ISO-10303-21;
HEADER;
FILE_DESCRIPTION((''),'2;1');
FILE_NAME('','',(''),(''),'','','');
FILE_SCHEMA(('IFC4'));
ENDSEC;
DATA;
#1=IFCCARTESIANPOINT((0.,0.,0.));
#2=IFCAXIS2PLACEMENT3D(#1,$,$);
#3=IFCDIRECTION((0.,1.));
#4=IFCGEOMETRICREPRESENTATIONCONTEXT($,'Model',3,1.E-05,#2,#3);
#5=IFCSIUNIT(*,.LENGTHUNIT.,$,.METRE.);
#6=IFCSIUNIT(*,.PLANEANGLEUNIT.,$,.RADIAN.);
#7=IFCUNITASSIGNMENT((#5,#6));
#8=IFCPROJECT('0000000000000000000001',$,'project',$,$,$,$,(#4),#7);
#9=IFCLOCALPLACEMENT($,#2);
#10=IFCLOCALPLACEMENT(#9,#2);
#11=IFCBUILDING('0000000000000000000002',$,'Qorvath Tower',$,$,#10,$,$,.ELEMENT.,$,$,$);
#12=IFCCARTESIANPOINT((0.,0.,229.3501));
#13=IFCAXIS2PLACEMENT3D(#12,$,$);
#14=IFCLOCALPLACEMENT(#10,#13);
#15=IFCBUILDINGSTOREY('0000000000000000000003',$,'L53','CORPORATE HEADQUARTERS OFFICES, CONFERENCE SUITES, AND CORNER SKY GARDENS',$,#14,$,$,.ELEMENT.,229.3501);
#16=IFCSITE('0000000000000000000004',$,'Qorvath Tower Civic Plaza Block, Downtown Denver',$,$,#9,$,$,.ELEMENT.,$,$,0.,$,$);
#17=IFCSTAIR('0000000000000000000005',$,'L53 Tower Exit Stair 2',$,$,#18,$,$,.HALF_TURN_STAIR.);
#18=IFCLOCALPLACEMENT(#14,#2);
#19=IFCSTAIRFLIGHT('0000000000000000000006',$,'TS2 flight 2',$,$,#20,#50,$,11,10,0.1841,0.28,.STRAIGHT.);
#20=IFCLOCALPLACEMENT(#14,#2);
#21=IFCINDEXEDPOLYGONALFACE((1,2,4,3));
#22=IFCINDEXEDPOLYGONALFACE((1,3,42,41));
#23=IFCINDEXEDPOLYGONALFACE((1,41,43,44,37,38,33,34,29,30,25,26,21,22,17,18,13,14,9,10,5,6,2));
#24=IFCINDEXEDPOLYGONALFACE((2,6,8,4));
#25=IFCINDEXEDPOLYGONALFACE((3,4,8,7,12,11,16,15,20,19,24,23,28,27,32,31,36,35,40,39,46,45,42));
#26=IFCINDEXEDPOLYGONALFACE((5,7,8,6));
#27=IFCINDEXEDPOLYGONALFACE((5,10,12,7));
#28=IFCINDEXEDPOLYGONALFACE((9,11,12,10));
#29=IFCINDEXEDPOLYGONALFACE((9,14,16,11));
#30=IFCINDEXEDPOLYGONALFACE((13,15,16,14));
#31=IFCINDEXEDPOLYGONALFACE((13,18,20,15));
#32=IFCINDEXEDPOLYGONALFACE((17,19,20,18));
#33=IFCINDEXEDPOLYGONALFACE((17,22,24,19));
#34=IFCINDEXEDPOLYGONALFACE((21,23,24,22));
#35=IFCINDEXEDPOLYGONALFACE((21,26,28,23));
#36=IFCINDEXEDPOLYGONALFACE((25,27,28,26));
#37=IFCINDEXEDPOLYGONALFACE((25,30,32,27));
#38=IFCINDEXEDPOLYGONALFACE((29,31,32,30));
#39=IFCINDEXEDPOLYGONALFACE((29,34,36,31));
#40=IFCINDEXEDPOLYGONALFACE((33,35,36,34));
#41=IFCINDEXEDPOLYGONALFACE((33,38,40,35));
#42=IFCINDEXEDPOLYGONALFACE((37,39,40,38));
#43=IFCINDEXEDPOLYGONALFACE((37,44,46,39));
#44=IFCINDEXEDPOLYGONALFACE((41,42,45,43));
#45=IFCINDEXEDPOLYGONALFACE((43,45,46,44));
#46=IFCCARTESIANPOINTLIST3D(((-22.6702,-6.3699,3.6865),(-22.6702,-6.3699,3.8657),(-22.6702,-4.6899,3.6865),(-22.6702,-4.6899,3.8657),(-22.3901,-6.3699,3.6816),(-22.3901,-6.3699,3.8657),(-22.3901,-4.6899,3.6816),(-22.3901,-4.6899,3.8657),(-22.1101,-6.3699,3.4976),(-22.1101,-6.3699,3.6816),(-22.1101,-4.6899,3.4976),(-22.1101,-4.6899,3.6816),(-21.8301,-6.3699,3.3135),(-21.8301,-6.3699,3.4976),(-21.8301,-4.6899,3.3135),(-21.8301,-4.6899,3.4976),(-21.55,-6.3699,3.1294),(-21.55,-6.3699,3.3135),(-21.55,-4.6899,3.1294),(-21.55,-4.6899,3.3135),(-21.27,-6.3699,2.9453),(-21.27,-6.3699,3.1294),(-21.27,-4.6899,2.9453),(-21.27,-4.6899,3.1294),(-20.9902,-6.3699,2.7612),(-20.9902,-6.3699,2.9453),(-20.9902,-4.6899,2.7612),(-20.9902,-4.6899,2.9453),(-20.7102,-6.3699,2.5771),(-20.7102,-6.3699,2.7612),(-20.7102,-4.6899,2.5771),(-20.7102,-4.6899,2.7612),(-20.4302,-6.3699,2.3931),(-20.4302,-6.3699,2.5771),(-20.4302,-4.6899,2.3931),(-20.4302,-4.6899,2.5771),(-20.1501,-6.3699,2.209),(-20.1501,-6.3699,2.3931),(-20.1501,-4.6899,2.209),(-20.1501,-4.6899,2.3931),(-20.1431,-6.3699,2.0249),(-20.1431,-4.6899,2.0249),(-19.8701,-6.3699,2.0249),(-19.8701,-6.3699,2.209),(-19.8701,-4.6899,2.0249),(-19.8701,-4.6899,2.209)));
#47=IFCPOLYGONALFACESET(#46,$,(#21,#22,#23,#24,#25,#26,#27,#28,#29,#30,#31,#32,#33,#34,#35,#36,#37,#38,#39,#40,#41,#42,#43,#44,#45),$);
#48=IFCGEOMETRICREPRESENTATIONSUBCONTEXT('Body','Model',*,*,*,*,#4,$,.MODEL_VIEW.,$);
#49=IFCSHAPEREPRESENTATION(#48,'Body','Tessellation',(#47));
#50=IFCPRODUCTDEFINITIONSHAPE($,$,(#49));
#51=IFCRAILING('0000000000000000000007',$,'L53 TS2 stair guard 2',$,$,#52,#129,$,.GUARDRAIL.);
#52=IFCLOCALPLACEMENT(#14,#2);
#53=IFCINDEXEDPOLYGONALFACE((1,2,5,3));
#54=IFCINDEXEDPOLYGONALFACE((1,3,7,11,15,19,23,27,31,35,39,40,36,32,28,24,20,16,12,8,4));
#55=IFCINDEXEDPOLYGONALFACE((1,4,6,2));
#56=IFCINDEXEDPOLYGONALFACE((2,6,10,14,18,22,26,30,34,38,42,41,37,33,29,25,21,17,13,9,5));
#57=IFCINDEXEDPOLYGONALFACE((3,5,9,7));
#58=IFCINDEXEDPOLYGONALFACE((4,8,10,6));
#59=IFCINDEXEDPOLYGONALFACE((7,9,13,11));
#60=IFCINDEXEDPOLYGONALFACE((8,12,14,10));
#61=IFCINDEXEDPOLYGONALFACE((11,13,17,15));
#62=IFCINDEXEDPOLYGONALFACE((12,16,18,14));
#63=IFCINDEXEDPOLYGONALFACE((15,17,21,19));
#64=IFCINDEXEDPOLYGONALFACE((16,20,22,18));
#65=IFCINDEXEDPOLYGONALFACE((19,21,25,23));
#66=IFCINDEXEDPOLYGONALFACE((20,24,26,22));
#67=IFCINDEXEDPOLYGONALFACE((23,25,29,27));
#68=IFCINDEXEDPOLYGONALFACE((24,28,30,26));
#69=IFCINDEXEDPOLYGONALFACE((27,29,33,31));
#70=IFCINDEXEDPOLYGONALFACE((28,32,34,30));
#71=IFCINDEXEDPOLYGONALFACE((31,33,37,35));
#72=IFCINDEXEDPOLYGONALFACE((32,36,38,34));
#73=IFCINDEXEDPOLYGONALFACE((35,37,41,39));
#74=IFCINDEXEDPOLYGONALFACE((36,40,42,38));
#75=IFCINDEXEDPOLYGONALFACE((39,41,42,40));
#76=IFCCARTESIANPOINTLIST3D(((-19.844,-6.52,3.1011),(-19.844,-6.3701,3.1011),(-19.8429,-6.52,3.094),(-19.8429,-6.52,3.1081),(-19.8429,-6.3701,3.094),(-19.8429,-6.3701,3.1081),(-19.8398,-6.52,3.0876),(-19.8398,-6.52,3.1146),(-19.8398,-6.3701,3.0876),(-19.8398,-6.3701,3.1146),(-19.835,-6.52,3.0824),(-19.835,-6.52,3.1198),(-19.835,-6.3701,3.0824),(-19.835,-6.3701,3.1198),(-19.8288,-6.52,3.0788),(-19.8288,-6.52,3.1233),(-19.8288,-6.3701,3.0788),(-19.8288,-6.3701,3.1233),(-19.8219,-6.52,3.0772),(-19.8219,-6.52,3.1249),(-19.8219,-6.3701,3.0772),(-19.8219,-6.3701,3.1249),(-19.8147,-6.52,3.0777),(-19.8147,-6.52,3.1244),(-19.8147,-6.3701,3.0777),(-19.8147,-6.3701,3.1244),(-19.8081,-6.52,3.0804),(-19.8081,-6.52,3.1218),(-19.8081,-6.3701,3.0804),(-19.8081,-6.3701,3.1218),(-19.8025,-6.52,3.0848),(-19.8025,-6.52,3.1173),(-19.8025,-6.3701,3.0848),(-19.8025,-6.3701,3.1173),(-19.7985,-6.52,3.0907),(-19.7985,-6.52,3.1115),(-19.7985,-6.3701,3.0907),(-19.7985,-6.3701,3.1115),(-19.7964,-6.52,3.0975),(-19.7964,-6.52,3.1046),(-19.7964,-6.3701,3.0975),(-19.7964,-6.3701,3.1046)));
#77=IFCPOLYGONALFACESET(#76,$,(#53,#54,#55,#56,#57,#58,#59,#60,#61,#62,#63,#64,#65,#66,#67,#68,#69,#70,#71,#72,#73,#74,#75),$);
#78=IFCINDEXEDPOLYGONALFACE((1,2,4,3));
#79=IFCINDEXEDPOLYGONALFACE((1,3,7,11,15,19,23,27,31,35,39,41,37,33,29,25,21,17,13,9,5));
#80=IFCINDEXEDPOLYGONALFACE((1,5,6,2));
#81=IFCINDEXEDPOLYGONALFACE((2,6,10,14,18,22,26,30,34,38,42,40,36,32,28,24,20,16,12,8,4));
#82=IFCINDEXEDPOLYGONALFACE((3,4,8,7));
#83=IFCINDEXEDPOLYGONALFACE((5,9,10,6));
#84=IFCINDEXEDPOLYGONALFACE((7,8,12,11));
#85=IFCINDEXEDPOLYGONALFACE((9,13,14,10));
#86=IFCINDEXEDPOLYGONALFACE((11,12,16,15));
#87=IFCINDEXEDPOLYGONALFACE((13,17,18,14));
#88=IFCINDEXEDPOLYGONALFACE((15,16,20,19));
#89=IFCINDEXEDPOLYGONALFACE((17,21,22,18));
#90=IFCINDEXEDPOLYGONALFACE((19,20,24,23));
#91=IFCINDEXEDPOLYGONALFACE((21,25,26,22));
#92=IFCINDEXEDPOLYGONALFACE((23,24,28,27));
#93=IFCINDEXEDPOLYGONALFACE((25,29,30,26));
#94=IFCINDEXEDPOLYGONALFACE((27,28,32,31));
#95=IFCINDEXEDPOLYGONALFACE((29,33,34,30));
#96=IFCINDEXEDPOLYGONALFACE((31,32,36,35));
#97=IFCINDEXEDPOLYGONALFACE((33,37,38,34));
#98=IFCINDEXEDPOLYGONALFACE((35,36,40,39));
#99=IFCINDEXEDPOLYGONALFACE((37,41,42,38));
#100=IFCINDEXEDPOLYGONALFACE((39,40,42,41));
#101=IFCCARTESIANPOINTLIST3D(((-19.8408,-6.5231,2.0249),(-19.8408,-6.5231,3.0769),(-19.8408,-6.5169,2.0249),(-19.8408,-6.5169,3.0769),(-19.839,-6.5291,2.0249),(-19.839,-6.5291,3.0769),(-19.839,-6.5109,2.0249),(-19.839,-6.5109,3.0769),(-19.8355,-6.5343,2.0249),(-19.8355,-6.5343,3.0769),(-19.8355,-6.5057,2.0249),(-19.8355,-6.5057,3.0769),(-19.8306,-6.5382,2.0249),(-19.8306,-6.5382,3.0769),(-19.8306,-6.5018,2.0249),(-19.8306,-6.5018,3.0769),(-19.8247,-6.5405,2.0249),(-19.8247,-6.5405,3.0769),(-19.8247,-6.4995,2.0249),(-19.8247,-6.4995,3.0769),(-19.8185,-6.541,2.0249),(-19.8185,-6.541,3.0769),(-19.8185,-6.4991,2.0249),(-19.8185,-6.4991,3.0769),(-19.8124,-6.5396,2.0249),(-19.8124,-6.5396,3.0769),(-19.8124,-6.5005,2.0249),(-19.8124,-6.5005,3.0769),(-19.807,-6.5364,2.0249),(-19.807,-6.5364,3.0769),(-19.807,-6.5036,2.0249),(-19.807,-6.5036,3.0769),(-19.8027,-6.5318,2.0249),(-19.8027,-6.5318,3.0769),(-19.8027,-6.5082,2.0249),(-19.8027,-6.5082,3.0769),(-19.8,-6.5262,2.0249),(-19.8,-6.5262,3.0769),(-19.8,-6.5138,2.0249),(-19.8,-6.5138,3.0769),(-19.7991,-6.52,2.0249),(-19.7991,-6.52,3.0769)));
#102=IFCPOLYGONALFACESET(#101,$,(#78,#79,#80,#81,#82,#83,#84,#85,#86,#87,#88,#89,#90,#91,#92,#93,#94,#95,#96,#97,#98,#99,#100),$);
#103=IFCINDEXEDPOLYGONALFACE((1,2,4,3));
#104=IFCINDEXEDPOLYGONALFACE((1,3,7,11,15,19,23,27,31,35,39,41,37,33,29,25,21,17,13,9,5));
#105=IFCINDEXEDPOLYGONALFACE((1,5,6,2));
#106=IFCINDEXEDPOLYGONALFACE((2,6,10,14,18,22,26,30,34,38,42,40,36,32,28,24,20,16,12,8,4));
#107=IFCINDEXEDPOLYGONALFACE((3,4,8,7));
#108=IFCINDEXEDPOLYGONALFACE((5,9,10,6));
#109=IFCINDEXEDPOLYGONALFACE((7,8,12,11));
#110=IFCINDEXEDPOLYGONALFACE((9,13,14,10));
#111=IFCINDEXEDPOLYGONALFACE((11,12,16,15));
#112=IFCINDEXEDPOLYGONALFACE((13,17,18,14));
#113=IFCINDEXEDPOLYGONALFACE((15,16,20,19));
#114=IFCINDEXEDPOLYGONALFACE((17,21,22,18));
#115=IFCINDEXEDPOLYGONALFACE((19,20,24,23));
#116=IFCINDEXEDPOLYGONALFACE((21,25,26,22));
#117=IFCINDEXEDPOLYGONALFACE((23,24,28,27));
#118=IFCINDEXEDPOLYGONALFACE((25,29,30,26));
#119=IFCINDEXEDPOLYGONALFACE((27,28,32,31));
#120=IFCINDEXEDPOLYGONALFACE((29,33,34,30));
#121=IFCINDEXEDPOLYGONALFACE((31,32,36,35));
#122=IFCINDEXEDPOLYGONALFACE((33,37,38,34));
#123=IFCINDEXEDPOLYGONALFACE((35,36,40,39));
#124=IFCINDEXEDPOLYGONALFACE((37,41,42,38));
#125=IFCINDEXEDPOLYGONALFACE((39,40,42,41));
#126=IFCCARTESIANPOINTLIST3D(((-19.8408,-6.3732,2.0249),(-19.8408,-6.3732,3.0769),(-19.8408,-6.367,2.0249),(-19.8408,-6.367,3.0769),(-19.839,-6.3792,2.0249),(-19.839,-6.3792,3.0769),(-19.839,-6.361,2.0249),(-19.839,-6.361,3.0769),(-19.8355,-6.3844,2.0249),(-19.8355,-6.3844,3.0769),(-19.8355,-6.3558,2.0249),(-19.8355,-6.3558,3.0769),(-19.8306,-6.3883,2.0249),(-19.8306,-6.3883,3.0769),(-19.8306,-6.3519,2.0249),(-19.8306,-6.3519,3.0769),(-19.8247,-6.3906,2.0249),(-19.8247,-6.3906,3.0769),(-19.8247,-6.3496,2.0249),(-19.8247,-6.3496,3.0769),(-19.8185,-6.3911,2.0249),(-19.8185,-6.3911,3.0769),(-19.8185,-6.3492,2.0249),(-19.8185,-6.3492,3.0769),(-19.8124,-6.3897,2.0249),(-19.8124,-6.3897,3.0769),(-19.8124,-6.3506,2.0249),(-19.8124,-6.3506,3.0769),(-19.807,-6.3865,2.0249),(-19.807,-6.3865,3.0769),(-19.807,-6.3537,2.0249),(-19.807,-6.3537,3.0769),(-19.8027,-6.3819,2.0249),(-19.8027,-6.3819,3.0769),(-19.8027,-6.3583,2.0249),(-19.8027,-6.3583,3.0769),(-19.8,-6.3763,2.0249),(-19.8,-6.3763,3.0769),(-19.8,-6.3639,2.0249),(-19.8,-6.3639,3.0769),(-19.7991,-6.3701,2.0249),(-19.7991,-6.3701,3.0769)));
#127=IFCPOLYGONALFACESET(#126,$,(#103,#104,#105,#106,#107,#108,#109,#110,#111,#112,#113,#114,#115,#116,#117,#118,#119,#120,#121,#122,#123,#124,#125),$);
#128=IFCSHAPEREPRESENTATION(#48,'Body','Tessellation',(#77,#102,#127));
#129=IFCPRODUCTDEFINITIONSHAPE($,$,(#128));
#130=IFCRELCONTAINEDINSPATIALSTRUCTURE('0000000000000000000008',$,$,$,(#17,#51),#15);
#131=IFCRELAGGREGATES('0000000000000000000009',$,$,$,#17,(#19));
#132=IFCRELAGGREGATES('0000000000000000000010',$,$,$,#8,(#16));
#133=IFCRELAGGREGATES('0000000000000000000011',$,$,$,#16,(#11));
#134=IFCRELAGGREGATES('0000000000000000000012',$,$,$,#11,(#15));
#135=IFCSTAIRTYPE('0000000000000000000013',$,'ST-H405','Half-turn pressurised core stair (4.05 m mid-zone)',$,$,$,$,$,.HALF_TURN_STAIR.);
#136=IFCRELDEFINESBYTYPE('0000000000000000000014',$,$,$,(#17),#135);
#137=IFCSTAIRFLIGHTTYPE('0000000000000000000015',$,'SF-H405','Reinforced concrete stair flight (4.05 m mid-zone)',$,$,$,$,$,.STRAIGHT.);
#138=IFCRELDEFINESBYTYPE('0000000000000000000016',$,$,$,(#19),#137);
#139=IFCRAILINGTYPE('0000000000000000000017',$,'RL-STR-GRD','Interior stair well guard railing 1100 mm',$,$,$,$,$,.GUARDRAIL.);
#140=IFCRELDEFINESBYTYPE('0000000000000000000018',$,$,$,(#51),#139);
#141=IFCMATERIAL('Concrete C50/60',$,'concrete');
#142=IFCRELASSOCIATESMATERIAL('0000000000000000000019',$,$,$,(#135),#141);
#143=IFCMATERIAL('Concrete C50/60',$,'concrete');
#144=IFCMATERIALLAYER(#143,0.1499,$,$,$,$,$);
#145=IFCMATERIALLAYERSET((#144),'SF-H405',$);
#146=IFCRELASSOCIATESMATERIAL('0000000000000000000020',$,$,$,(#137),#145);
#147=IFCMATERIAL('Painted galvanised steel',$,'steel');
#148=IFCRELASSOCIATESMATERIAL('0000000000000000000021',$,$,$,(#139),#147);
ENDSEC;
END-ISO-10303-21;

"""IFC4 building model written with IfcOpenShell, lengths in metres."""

from ifc_helpers import new_model, si_unit, direction, frame, origin, origin_2d, place, context, subcontext, project, spatial, polyline, circle, outline, extrude, material, layer, layer_set, type_object, element, aggregate, save


model = new_model("IFC4")

# Units and contexts
model_context = context("Model", 3, precision=1e-05, world=origin(), true_north=direction((0.0, 1.0)))
body_context = subcontext(model_context, "Body", "Model", "MODEL_VIEW")
ifc_project = project(units=[si_unit("LENGTHUNIT", "METRE"), si_unit("PLANEANGLEUNIT", "RADIAN")], contexts=[model_context])

# Site, building, storey
site_placement = place(None, origin())
site = spatial("IfcSite", under=ifc_project, at=site_placement, Name="Qorvath Tower Civic Plaza Block, Downtown Denver", CompositionType="ELEMENT", RefElevation=0.0)
building_placement = place(site_placement, origin())
building = spatial("IfcBuilding", under=site, at=building_placement, Name="Qorvath Tower", CompositionType="ELEMENT")
storey_placement = place(building_placement, frame((0.0, 0.0, 229.3501)))
storey = spatial("IfcBuildingStorey", under=building, at=storey_placement, Name="L53", Description="CORPORATE HEADQUARTERS OFFICES, CONFERENCE SUITES, AND CORNER SKY GARDENS", CompositionType="ELEMENT", Elevation=229.3501)

# Stair, stair flight
ifc_material_1 = material(Name="Concrete C50/60", Category="concrete")
stair_type = type_object("IfcStairType", Name="ST-H405", Description="Half-turn pressurised core stair (4.05 m mid-zone)", PredefinedType="HALF_TURN_STAIR", material=ifc_material_1)
stair_placement = place(storey_placement, origin())
stair = element("IfcStair", 1, at=stair_placement, inside=storey, type_object=stair_type, Name="L53 Tower Exit Stair 2", PredefinedType="HALF_TURN_STAIR")
ifc_material_2 = material(Name="Concrete C50/60", Category="concrete")
ifc_layer_1 = layer(ifc_material_2, 0.1499)
ifc_layer_set_1 = layer_set([ifc_layer_1], Name="SF-H405")
stair_flight_type = type_object("IfcStairFlightType", Name="SF-H405", Description="Reinforced concrete stair flight (4.05 m mid-zone)", PredefinedType="STRAIGHT", material=ifc_layer_set_1)
stair_flight_placement = place(storey_placement, frame((-19.8701, -5.53, 2.0249), z_axis=(0.0, 0.0, 1.0), x_axis=(-1.0, 0.0, 0.0)))
stair_flight = element("IfcStairFlight", 2, at=stair_flight_placement, type_object=stair_flight_type, Name="TS2 flight 2", NumberOfRisers=11, NumberOfTreads=10, PredefinedType="STRAIGHT", RiserHeight=0.1841, TreadLength=0.28, context=body_context, shape_type="SweptSolid", body=[
    extrude(outline(polyline([(0.0, 0.0), (0.0, 0.1841), (0.28, 0.1841), (0.28, 0.3682), (0.5601, 0.3682), (0.5601, 0.5522), (0.8401, 0.5522), (0.8401, 0.7363), (1.1201, 0.7363), (1.1201, 0.9204), (1.3999, 0.9204), (1.3999, 1.1045), (1.6799, 1.1045), (1.6799, 1.2886), (1.96, 1.2886), (1.96, 1.4727), (2.24, 1.4727), (2.24, 1.6567), (2.52, 1.6567), (2.52, 1.8408), (2.8, 1.8408), (2.8, 2.0249), (2.8, 1.6616), (0.2729, 0.0), (0.0, 0.0)])), frame((0.0, 0.8398, 0.0), z_axis=(0.0, -1.0, 0.0), x_axis=(1.0, 0.0, 0.0)), (0.0, 0.0, 1.0), 1.6799),
])
aggregate(stair, [stair_flight])

# Railing
ifc_material_3 = material(Name="Painted galvanised steel", Category="steel")
railing_type_1 = type_object("IfcRailingType", Name="RL-STR-GRD", Description="Interior stair well guard railing 1100 mm", PredefinedType="GUARDRAIL", material=ifc_material_3)
railing_1_placement = place(storey_placement, frame((-19.8201, -6.52, 2.0249)))
element("IfcRailing", 3, at=railing_1_placement, inside=storey, type_object=railing_type_1, Name="L53 TS2 stair guard 2", PredefinedType="GUARDRAIL", context=body_context, shape_type="SweptSolid", body=[
    extrude(circle(Radius=0.0239, at=origin_2d()), frame((0.0, 0.0, 1.0762), z_axis=(0.0, 1.0, 0.0), x_axis=(-1.0, 0.0, 0.0)), (0.0, 0.0, 1.0), 0.1499),
    extrude(circle(Radius=0.021, at=origin_2d()), origin(), (0.0, 0.0, 1.0), 1.052),
    extrude(circle(Radius=0.021, at=origin_2d()), frame((0.0, 0.1499, 0.0)), (0.0, 0.0, 1.0), 1.052),
])

save(model, "model.ifc")
